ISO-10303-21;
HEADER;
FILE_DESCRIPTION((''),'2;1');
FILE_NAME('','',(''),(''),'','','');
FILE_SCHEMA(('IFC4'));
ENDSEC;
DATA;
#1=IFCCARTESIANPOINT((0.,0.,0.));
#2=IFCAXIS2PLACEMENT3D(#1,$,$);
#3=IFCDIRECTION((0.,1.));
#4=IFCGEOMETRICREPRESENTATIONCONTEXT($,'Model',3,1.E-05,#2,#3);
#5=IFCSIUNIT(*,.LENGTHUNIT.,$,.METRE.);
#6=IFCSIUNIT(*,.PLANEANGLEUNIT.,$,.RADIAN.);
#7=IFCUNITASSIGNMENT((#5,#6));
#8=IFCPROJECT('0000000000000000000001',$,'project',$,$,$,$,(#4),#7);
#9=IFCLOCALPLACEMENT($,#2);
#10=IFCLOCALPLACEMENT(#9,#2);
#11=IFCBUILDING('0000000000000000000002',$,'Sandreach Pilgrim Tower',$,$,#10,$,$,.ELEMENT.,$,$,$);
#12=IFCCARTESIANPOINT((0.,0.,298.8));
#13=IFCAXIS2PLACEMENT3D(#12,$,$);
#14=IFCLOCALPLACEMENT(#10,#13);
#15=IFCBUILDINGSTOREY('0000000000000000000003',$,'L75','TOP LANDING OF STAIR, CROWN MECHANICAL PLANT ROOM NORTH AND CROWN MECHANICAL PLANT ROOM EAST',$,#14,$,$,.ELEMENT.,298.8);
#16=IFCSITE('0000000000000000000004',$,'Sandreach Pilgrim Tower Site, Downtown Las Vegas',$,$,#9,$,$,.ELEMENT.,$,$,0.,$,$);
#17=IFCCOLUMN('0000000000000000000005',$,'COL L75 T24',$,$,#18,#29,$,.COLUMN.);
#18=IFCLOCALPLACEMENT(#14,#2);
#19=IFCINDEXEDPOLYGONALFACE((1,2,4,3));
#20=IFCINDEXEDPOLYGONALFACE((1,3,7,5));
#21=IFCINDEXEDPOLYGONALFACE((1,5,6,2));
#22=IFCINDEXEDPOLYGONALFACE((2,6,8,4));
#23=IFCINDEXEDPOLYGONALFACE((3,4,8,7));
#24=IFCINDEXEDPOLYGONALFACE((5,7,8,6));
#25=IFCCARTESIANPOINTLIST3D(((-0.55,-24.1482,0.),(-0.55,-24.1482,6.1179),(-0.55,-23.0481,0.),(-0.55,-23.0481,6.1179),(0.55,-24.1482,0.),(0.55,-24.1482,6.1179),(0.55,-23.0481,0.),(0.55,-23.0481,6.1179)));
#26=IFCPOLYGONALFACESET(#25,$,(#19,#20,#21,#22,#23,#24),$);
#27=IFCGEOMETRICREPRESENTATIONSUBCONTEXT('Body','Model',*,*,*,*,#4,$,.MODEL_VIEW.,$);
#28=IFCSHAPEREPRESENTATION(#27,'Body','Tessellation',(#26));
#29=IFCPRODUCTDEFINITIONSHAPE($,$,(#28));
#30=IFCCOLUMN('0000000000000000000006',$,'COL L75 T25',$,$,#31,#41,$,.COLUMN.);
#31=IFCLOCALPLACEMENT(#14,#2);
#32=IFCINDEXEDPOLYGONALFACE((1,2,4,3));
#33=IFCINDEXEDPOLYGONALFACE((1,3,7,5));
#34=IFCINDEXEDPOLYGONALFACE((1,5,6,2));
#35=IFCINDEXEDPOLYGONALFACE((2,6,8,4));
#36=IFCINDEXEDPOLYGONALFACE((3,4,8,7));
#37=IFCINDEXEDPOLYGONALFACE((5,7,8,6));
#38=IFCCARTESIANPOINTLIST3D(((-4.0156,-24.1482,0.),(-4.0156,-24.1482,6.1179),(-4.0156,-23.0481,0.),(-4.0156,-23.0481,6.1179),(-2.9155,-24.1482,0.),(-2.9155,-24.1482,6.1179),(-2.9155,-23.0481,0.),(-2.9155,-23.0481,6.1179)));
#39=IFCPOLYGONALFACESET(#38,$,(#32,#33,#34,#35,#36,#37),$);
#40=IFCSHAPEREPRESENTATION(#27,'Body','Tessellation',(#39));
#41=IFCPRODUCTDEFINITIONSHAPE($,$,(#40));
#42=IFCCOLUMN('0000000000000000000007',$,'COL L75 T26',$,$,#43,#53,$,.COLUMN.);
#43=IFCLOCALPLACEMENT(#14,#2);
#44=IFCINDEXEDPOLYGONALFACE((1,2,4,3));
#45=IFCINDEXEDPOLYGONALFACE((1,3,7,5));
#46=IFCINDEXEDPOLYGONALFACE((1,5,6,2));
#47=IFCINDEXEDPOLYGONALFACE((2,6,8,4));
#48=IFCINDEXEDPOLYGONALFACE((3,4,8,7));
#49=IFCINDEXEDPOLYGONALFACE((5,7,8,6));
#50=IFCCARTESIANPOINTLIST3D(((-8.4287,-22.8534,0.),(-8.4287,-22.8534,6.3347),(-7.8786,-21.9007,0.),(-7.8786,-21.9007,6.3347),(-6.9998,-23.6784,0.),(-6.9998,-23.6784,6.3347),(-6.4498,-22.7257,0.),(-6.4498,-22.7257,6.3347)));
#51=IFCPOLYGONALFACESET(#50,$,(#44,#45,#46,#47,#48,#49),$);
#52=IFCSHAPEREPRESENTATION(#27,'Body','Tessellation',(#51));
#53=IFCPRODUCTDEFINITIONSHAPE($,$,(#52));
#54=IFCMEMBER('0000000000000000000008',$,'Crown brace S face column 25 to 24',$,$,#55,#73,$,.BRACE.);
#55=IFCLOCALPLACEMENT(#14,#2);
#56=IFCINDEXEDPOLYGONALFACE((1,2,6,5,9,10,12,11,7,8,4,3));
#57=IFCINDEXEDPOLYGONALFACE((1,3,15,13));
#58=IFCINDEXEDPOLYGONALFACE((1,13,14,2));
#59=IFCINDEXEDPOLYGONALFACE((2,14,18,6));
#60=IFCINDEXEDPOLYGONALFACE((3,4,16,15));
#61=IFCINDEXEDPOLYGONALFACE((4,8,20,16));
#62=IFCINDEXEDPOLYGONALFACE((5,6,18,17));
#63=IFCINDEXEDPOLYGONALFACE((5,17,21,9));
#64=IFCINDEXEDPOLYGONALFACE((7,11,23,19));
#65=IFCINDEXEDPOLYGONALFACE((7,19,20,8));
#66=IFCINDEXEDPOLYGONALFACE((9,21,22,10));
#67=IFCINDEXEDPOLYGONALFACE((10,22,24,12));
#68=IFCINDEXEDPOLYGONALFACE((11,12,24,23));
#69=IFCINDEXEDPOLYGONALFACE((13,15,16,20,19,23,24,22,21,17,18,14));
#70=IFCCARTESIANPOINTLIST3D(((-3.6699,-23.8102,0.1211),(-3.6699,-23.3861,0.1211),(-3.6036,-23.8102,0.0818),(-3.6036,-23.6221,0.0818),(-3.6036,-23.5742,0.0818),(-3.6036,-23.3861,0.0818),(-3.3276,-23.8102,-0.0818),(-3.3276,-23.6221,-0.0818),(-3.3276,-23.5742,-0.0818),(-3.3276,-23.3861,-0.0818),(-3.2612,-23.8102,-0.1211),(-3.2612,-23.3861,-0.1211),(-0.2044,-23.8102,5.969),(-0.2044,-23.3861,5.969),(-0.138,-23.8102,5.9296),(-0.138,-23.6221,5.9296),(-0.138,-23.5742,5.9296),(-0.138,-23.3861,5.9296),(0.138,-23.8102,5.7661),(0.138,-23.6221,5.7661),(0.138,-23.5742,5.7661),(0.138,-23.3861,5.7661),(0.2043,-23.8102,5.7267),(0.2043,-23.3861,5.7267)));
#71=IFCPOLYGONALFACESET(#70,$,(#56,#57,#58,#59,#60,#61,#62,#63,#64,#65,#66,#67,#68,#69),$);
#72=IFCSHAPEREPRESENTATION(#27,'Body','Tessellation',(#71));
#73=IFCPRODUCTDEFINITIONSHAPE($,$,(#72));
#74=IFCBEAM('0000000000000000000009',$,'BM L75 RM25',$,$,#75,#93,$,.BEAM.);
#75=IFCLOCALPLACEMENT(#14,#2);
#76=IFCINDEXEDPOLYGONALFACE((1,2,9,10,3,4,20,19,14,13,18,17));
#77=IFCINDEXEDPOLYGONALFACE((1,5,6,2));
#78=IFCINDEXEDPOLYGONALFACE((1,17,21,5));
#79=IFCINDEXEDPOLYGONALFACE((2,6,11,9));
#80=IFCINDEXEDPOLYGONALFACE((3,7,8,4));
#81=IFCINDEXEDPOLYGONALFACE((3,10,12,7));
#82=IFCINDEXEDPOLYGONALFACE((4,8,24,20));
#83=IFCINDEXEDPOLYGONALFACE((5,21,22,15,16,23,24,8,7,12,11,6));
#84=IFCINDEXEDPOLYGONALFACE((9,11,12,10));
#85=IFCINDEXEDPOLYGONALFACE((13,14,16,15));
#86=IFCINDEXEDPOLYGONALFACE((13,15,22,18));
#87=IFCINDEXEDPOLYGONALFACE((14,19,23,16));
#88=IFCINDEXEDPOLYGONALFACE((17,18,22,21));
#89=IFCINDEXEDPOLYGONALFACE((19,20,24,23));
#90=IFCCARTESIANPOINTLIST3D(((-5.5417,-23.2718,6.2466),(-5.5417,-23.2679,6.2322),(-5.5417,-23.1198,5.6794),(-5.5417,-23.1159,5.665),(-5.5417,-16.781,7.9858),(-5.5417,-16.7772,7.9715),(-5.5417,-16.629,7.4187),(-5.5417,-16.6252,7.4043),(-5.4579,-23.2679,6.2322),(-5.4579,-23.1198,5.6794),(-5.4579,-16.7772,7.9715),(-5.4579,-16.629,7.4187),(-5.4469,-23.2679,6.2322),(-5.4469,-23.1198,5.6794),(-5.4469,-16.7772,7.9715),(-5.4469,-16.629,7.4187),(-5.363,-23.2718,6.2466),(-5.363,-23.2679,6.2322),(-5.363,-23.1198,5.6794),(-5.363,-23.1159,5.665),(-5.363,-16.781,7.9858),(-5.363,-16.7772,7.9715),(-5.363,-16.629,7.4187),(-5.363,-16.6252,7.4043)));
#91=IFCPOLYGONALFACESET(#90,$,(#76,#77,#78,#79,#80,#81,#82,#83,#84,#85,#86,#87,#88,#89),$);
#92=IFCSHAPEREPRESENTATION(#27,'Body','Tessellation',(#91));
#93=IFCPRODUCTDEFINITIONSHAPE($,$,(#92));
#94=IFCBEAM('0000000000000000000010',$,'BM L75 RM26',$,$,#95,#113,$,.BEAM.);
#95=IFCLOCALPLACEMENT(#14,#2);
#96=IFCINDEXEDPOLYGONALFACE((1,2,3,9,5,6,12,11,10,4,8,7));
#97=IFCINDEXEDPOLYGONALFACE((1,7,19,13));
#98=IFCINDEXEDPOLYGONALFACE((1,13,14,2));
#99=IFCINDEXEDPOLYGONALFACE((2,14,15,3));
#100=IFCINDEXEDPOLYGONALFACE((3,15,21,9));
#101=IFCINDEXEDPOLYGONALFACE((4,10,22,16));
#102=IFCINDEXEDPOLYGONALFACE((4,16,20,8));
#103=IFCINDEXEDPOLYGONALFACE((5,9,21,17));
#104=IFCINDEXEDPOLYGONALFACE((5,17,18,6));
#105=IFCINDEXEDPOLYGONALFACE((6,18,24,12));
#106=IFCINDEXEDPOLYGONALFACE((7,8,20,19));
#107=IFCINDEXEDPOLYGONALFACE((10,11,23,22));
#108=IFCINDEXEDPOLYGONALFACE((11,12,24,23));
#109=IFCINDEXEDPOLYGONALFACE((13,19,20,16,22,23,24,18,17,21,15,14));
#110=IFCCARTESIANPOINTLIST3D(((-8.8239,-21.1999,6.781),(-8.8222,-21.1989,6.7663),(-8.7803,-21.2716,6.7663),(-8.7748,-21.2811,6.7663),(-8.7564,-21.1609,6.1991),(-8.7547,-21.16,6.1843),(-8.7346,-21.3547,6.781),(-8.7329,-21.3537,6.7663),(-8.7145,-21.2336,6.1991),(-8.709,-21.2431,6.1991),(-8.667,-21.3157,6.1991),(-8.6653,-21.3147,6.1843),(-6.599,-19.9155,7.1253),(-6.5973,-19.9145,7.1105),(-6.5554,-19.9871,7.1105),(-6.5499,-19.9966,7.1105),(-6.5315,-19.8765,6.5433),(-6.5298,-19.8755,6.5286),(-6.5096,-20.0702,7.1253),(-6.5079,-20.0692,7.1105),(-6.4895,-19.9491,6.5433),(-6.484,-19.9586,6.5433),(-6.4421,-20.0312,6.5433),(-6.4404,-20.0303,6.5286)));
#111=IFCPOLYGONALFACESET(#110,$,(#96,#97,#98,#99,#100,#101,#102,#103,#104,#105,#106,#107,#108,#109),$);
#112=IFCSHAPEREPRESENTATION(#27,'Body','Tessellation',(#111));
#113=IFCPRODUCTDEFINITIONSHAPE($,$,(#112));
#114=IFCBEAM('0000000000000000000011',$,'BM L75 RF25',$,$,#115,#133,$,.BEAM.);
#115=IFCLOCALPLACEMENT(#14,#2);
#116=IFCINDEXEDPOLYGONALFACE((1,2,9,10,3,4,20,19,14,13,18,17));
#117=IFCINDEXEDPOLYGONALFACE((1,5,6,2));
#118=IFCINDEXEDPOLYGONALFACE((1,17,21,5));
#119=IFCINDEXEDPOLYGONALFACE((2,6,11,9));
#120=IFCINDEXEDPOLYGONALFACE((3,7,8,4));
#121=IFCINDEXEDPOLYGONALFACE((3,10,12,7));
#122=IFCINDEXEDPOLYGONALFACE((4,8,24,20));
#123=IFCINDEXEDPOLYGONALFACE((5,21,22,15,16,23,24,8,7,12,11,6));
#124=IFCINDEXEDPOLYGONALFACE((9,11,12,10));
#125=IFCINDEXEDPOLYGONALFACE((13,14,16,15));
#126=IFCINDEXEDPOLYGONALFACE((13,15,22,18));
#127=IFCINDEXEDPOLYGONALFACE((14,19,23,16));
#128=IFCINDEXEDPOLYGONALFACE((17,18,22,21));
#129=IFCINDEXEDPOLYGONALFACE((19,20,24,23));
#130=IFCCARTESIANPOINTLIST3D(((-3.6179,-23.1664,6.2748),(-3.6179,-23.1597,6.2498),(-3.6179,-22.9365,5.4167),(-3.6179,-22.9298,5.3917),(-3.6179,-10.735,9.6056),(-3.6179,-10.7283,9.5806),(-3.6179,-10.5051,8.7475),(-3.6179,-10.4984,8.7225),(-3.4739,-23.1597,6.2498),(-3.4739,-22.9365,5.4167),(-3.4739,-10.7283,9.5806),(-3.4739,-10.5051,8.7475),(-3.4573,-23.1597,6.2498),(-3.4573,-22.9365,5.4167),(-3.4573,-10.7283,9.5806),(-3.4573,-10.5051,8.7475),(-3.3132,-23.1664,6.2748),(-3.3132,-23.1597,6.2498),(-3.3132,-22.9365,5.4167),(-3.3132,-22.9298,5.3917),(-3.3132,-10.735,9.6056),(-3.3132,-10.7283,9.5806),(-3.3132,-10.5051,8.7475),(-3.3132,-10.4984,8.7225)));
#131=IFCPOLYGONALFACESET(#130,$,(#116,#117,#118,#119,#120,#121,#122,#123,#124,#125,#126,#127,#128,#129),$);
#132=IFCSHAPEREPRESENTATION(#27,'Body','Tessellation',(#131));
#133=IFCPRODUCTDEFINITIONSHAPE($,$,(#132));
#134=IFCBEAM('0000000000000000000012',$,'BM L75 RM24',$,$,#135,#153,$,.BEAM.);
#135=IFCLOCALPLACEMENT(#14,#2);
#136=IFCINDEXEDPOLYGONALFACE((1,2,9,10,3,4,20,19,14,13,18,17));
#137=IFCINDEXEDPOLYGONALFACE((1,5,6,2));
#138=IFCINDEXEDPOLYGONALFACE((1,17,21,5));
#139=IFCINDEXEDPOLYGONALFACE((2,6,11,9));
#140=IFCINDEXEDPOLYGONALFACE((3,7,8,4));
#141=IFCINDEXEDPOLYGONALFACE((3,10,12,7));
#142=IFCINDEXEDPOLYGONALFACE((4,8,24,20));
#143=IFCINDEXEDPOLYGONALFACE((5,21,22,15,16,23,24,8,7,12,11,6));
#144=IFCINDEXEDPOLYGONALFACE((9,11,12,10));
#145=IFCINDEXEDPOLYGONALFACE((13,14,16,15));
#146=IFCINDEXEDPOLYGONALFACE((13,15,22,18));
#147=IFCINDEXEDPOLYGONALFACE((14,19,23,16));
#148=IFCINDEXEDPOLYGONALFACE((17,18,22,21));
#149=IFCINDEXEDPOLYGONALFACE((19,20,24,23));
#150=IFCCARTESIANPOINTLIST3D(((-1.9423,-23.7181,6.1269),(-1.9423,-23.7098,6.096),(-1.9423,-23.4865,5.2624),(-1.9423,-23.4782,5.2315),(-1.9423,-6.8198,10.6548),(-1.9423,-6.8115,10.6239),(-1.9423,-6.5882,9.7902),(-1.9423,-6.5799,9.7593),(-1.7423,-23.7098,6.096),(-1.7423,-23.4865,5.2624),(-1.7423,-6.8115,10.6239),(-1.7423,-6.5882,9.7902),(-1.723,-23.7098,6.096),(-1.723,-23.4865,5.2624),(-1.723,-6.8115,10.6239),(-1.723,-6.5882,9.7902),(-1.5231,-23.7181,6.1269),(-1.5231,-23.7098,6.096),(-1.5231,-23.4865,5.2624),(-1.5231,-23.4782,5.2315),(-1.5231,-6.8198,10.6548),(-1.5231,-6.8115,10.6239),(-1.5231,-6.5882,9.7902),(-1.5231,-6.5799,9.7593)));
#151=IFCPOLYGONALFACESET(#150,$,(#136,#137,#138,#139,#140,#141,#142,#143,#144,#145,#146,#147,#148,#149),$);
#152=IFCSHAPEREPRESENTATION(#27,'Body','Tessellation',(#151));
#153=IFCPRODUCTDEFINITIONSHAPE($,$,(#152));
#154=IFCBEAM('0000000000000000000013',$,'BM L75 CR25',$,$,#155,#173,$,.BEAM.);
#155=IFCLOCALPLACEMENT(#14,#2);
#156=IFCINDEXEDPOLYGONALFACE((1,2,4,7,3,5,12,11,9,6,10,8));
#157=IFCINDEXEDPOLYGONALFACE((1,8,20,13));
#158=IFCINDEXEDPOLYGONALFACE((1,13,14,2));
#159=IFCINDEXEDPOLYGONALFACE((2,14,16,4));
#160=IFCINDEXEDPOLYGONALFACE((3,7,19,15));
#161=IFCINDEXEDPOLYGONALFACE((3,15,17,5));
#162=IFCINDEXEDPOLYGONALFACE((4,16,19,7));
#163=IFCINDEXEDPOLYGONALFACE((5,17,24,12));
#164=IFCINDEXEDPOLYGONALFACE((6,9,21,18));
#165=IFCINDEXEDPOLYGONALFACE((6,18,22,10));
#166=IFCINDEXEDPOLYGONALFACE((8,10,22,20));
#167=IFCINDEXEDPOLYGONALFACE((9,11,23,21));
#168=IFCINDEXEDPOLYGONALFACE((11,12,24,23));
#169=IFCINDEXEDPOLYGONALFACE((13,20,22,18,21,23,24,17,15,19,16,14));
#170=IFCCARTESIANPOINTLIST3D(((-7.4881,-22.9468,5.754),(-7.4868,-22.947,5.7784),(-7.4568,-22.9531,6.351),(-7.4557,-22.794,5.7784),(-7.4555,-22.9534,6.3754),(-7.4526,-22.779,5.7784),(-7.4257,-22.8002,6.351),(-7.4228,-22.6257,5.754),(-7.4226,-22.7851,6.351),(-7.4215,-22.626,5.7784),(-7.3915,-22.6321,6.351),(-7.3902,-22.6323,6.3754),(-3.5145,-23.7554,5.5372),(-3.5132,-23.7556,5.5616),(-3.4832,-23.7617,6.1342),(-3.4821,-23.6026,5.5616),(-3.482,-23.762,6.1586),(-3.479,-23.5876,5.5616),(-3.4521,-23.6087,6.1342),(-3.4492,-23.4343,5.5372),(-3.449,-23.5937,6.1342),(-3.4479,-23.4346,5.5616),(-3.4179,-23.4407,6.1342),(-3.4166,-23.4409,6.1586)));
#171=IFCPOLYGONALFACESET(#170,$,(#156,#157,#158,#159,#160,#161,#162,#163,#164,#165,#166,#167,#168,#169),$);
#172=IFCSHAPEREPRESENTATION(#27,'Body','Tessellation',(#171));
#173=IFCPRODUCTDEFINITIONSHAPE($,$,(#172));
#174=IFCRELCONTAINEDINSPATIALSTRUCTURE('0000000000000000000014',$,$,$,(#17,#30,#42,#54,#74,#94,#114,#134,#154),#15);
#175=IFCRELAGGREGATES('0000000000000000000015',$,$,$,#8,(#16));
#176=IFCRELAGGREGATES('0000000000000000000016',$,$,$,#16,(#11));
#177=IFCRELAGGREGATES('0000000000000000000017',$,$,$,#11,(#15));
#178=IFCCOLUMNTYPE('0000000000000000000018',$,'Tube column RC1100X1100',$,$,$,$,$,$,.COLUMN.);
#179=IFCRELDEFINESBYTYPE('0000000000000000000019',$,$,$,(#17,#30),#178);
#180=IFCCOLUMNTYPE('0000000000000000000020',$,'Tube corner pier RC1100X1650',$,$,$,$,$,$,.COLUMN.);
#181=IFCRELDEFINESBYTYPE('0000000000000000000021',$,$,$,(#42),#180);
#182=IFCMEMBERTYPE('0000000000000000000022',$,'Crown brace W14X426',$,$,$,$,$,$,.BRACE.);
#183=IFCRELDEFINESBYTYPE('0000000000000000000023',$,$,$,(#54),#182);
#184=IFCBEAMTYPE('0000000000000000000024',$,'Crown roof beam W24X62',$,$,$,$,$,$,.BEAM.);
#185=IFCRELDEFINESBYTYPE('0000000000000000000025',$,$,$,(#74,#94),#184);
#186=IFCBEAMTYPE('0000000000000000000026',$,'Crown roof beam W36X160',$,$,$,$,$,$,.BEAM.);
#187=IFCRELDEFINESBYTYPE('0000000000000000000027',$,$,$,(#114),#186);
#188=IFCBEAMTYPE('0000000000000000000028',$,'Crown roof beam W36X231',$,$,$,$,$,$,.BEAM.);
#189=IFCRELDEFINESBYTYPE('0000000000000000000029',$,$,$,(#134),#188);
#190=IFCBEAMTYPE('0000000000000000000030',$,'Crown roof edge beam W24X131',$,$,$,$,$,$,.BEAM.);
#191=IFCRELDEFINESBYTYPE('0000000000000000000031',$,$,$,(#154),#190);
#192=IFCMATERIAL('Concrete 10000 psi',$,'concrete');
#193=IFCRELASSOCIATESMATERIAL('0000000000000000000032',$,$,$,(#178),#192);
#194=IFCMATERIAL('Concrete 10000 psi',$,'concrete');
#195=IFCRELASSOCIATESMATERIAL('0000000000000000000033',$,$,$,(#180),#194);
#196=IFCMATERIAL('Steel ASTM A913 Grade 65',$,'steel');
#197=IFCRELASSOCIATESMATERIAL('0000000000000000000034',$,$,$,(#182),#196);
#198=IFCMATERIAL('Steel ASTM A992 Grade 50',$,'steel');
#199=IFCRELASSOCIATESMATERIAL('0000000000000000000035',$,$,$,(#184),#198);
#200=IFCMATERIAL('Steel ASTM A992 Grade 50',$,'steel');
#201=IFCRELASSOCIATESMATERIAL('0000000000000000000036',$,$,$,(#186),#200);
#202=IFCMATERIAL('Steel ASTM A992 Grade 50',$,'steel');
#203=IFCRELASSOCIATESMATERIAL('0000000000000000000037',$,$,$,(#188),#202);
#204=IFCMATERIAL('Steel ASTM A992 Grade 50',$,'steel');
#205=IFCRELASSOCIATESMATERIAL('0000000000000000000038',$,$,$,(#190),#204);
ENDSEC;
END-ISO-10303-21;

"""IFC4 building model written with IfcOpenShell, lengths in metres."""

from ifc_helpers import new_model, si_unit, direction, frame, origin, origin_2d, place, context, subcontext, project, spatial, rectangle, i_section, extrude, material, material_profile, profile_set, type_object, element, save


model = new_model("IFC4")

# Units and contexts
model_context = context("Model", 3, precision=1e-05, world=origin(), true_north=direction((0.0, 1.0)))
body_context = subcontext(model_context, "Body", "Model", "MODEL_VIEW")
ifc_project = project(units=[si_unit("LENGTHUNIT", "METRE"), si_unit("PLANEANGLEUNIT", "RADIAN")], contexts=[model_context])

# Site, building, storey
site_placement = place(None, origin())
site = spatial("IfcSite", under=ifc_project, at=site_placement, Name="Sandreach Pilgrim Tower Site, Downtown Las Vegas", CompositionType="ELEMENT", RefElevation=0.0)
building_placement = place(site_placement, origin())
building = spatial("IfcBuilding", under=site, at=building_placement, Name="Sandreach Pilgrim Tower", CompositionType="ELEMENT")
storey_placement = place(building_placement, frame((0.0, 0.0, 298.8)))
storey = spatial("IfcBuildingStorey", under=building, at=storey_placement, Name="L75", Description="TOP LANDING OF STAIR, CROWN MECHANICAL PLANT ROOM NORTH AND CROWN MECHANICAL PLANT ROOM EAST", CompositionType="ELEMENT", Elevation=298.8)

# Columns
ifc_material_1 = material(Name="Concrete 10000 psi", Category="concrete")
ifc_material_profile_1 = material_profile(ifc_material_1, rectangle(XDim=1.1001, YDim=1.1001, at=origin_2d()), Name="RC1100X1100")
ifc_profile_set_1 = profile_set([ifc_material_profile_1], Name="Concrete 10000 psi")
column_type_1 = type_object("IfcColumnType", Name="Tube column RC1100X1100", PredefinedType="COLUMN", material=ifc_profile_set_1)
for number, where, z_axis, x_axis, name in (
    (1, (0.0, -23.5981, 0.0), (0.0, 0.0, 1.0), (0.0, -1.0, 0.0), "COL L75 T24"),
    (2, (-3.4656, -23.5981, 0.0), (0.0, 0.0, 1.0), (0.0, -1.0, 0.0), "COL L75 T25"),
):
    element("IfcColumn", number, at=place(storey_placement, frame(where, z_axis=z_axis, x_axis=x_axis)), inside=storey, type_object=column_type_1, Name=name, PredefinedType="COLUMN", context=body_context, shape_type="SweptSolid", body=[
        extrude(rectangle(XDim=1.1001, YDim=1.1001, at=origin_2d()), origin(), (0.0, 0.0, 1.0), 6.1179),
    ])
ifc_material_2 = material(Name="Concrete 10000 psi", Category="concrete")
ifc_material_profile_2 = material_profile(ifc_material_2, rectangle(XDim=1.1001, YDim=1.6499, at=origin_2d()), Name="RC1100X1650")
ifc_profile_set_2 = profile_set([ifc_material_profile_2], Name="Concrete 10000 psi")
column_type_2 = type_object("IfcColumnType", Name="Tube corner pier RC1100X1650", PredefinedType="COLUMN", material=ifc_profile_set_2)
column_placement = place(storey_placement, frame((-7.4392, -22.7896, 0.0), z_axis=(0.0, 0.0, 1.0), x_axis=(-0.5, -0.866025, 0.0)))
element("IfcColumn", 3, at=column_placement, inside=storey, type_object=column_type_2, Name="COL L75 T26", PredefinedType="COLUMN", context=body_context, shape_type="SweptSolid", body=[
    extrude(rectangle(XDim=1.1001, YDim=1.6499, at=origin_2d()), origin(), (0.0, 0.0, 1.0), 6.3347),
])

# Member
ifc_material_3 = material(Name="Steel ASTM A913 Grade 65", Category="steel")
ifc_material_profile_3 = material_profile(ifc_material_3, i_section(OverallWidth=0.4241, OverallDepth=0.4751, WebThickness=0.0479, FlangeThickness=0.0771, at=origin_2d()), Name="W14X426")
ifc_profile_set_3 = profile_set([ifc_material_profile_3], Name="Steel ASTM A913 Grade 65")
member_type = type_object("IfcMemberType", Name="Crown brace W14X426", PredefinedType="BRACE", material=ifc_profile_set_3)
member_placement = place(storey_placement, frame((-3.4656, -23.5981, 0.0), z_axis=(0.509819, 0.0, 0.860282), x_axis=(0.0, 1.0, 0.0)))
element("IfcMember", 4, at=member_placement, inside=storey, type_object=member_type, Name="Crown brace S face column 25 to 24", PredefinedType="BRACE", context=body_context, shape_type="SweptSolid", body=[
    extrude(i_section(OverallWidth=0.4241, OverallDepth=0.4751, WebThickness=0.0479, FlangeThickness=0.0771, at=origin_2d()), origin(), (0.0, 0.0, 1.0), 6.7976),
])

# Beams
ifc_material_4 = material(Name="Steel ASTM A992 Grade 50", Category="steel")
ifc_material_profile_4 = material_profile(ifc_material_4, i_section(OverallWidth=0.1787, OverallDepth=0.6021, WebThickness=0.011, FlangeThickness=0.0149, at=origin_2d()), Name="W24X62")
ifc_profile_set_4 = profile_set([ifc_material_profile_4], Name="Steel ASTM A992 Grade 50")
beam_type_1 = type_object("IfcBeamType", Name="Crown roof beam W24X62", PredefinedType="BEAM", material=ifc_profile_set_4)
beam_1_placement = place(storey_placement, frame((-5.4524, -23.1938, 5.9558), z_axis=(0.0, 0.965923, 0.258829), x_axis=(-1.0, 0.0, 0.0)))
element("IfcBeam", 5, at=beam_1_placement, inside=storey, type_object=beam_type_1, Name="BM L75 RM25", PredefinedType="BEAM", context=body_context, shape_type="SweptSolid", body=[
    extrude(i_section(OverallWidth=0.1787, OverallDepth=0.6021, WebThickness=0.011, FlangeThickness=0.0149, at=origin_2d()), origin(), (0.0, 0.0, 1.0), 6.7197),
])
beam_2_placement = place(storey_placement, frame((-8.7446, -21.2573, 6.4827), z_axis=(0.85837, 0.495543, 0.13281), x_axis=(-0.499972, 0.866042, 0.0)))
element("IfcBeam", 6, at=beam_2_placement, inside=storey, type_object=beam_type_1, Name="BM L75 RM26", PredefinedType="BEAM", context=body_context, shape_type="SweptSolid", body=[
    extrude(i_section(OverallWidth=0.1787, OverallDepth=0.6021, WebThickness=0.011, FlangeThickness=0.0149, at=origin_2d()), origin(), (0.0, 0.0, 1.0), 2.592),
])
ifc_material_5 = material(Name="Steel ASTM A992 Grade 50", Category="steel")
ifc_material_profile_5 = material_profile(ifc_material_5, i_section(OverallWidth=0.3047, OverallDepth=0.9143, WebThickness=0.0166, FlangeThickness=0.0259, at=origin_2d()), Name="W36X160")
ifc_profile_set_5 = profile_set([ifc_material_profile_5], Name="Steel ASTM A992 Grade 50")
beam_type_2 = type_object("IfcBeamType", Name="Crown roof beam W36X160", PredefinedType="BEAM", material=ifc_profile_set_5)
beam_3_placement = place(storey_placement, frame((-3.4656, -23.0481, 5.8333), z_axis=(0.0, 0.965929, 0.258807), x_axis=(-1.0, 0.0, 0.0)))
element("IfcBeam", 7, at=beam_3_placement, inside=storey, type_object=beam_type_2, Name="BM L75 RF25", PredefinedType="BEAM", context=body_context, shape_type="SweptSolid", body=[
    extrude(i_section(OverallWidth=0.3047, OverallDepth=0.9143, WebThickness=0.0166, FlangeThickness=0.0259, at=origin_2d()), origin(), (0.0, 0.0, 1.0), 12.8699),
])
ifc_material_6 = material(Name="Steel ASTM A992 Grade 50", Category="steel")
ifc_material_profile_6 = material_profile(ifc_material_6, i_section(OverallWidth=0.4192, OverallDepth=0.927, WebThickness=0.0193, FlangeThickness=0.032, at=origin_2d()), Name="W36X231")
ifc_profile_set_6 = profile_set([ifc_material_profile_6], Name="Steel ASTM A992 Grade 50")
beam_type_3 = type_object("IfcBeamType", Name="Crown roof beam W36X231", PredefinedType="BEAM", material=ifc_profile_set_6)
beam_4_placement = place(storey_placement, frame((-1.7327, -23.5981, 5.6792), z_axis=(0.0, 0.965926, 0.258818), x_axis=(-1.0, 0.0, 0.0)))
element("IfcBeam", 8, at=beam_4_placement, inside=storey, type_object=beam_type_3, Name="BM L75 RM24", PredefinedType="BEAM", context=body_context, shape_type="SweptSolid", body=[
    extrude(i_section(OverallWidth=0.4192, OverallDepth=0.927, WebThickness=0.0193, FlangeThickness=0.032, at=origin_2d()), origin(), (0.0, 0.0, 1.0), 17.4944),
])
ifc_material_7 = material(Name="Steel ASTM A992 Grade 50", Category="steel")
ifc_material_profile_7 = material_profile(ifc_material_7, i_section(OverallWidth=0.3276, OverallDepth=0.6223, WebThickness=0.0154, FlangeThickness=0.0244, at=origin_2d()), Name="W24X131")
ifc_profile_set_7 = profile_set([ifc_material_profile_7], Name="Steel ASTM A992 Grade 50")
beam_type_4 = type_object("IfcBeamType", Name="Crown roof edge beam W24X131", PredefinedType="BEAM", material=ifc_profile_set_7)
beam_5_placement = place(storey_placement, frame((-3.4656, -23.5981, 5.8479), z_axis=(-0.97852, 0.199119, 0.053387), x_axis=(-0.199403, -0.979918, 0.0)))
element("IfcBeam", 9, at=beam_5_placement, inside=storey, type_object=beam_type_4, Name="BM L75 CR25", PredefinedType="BEAM", context=body_context, shape_type="SweptSolid", body=[
    extrude(i_section(OverallWidth=0.3276, OverallDepth=0.6223, WebThickness=0.0154, FlangeThickness=0.0244, at=origin_2d()), origin(), (0.0, 0.0, 1.0), 4.0608),
])

save(model, "model.ifc")
